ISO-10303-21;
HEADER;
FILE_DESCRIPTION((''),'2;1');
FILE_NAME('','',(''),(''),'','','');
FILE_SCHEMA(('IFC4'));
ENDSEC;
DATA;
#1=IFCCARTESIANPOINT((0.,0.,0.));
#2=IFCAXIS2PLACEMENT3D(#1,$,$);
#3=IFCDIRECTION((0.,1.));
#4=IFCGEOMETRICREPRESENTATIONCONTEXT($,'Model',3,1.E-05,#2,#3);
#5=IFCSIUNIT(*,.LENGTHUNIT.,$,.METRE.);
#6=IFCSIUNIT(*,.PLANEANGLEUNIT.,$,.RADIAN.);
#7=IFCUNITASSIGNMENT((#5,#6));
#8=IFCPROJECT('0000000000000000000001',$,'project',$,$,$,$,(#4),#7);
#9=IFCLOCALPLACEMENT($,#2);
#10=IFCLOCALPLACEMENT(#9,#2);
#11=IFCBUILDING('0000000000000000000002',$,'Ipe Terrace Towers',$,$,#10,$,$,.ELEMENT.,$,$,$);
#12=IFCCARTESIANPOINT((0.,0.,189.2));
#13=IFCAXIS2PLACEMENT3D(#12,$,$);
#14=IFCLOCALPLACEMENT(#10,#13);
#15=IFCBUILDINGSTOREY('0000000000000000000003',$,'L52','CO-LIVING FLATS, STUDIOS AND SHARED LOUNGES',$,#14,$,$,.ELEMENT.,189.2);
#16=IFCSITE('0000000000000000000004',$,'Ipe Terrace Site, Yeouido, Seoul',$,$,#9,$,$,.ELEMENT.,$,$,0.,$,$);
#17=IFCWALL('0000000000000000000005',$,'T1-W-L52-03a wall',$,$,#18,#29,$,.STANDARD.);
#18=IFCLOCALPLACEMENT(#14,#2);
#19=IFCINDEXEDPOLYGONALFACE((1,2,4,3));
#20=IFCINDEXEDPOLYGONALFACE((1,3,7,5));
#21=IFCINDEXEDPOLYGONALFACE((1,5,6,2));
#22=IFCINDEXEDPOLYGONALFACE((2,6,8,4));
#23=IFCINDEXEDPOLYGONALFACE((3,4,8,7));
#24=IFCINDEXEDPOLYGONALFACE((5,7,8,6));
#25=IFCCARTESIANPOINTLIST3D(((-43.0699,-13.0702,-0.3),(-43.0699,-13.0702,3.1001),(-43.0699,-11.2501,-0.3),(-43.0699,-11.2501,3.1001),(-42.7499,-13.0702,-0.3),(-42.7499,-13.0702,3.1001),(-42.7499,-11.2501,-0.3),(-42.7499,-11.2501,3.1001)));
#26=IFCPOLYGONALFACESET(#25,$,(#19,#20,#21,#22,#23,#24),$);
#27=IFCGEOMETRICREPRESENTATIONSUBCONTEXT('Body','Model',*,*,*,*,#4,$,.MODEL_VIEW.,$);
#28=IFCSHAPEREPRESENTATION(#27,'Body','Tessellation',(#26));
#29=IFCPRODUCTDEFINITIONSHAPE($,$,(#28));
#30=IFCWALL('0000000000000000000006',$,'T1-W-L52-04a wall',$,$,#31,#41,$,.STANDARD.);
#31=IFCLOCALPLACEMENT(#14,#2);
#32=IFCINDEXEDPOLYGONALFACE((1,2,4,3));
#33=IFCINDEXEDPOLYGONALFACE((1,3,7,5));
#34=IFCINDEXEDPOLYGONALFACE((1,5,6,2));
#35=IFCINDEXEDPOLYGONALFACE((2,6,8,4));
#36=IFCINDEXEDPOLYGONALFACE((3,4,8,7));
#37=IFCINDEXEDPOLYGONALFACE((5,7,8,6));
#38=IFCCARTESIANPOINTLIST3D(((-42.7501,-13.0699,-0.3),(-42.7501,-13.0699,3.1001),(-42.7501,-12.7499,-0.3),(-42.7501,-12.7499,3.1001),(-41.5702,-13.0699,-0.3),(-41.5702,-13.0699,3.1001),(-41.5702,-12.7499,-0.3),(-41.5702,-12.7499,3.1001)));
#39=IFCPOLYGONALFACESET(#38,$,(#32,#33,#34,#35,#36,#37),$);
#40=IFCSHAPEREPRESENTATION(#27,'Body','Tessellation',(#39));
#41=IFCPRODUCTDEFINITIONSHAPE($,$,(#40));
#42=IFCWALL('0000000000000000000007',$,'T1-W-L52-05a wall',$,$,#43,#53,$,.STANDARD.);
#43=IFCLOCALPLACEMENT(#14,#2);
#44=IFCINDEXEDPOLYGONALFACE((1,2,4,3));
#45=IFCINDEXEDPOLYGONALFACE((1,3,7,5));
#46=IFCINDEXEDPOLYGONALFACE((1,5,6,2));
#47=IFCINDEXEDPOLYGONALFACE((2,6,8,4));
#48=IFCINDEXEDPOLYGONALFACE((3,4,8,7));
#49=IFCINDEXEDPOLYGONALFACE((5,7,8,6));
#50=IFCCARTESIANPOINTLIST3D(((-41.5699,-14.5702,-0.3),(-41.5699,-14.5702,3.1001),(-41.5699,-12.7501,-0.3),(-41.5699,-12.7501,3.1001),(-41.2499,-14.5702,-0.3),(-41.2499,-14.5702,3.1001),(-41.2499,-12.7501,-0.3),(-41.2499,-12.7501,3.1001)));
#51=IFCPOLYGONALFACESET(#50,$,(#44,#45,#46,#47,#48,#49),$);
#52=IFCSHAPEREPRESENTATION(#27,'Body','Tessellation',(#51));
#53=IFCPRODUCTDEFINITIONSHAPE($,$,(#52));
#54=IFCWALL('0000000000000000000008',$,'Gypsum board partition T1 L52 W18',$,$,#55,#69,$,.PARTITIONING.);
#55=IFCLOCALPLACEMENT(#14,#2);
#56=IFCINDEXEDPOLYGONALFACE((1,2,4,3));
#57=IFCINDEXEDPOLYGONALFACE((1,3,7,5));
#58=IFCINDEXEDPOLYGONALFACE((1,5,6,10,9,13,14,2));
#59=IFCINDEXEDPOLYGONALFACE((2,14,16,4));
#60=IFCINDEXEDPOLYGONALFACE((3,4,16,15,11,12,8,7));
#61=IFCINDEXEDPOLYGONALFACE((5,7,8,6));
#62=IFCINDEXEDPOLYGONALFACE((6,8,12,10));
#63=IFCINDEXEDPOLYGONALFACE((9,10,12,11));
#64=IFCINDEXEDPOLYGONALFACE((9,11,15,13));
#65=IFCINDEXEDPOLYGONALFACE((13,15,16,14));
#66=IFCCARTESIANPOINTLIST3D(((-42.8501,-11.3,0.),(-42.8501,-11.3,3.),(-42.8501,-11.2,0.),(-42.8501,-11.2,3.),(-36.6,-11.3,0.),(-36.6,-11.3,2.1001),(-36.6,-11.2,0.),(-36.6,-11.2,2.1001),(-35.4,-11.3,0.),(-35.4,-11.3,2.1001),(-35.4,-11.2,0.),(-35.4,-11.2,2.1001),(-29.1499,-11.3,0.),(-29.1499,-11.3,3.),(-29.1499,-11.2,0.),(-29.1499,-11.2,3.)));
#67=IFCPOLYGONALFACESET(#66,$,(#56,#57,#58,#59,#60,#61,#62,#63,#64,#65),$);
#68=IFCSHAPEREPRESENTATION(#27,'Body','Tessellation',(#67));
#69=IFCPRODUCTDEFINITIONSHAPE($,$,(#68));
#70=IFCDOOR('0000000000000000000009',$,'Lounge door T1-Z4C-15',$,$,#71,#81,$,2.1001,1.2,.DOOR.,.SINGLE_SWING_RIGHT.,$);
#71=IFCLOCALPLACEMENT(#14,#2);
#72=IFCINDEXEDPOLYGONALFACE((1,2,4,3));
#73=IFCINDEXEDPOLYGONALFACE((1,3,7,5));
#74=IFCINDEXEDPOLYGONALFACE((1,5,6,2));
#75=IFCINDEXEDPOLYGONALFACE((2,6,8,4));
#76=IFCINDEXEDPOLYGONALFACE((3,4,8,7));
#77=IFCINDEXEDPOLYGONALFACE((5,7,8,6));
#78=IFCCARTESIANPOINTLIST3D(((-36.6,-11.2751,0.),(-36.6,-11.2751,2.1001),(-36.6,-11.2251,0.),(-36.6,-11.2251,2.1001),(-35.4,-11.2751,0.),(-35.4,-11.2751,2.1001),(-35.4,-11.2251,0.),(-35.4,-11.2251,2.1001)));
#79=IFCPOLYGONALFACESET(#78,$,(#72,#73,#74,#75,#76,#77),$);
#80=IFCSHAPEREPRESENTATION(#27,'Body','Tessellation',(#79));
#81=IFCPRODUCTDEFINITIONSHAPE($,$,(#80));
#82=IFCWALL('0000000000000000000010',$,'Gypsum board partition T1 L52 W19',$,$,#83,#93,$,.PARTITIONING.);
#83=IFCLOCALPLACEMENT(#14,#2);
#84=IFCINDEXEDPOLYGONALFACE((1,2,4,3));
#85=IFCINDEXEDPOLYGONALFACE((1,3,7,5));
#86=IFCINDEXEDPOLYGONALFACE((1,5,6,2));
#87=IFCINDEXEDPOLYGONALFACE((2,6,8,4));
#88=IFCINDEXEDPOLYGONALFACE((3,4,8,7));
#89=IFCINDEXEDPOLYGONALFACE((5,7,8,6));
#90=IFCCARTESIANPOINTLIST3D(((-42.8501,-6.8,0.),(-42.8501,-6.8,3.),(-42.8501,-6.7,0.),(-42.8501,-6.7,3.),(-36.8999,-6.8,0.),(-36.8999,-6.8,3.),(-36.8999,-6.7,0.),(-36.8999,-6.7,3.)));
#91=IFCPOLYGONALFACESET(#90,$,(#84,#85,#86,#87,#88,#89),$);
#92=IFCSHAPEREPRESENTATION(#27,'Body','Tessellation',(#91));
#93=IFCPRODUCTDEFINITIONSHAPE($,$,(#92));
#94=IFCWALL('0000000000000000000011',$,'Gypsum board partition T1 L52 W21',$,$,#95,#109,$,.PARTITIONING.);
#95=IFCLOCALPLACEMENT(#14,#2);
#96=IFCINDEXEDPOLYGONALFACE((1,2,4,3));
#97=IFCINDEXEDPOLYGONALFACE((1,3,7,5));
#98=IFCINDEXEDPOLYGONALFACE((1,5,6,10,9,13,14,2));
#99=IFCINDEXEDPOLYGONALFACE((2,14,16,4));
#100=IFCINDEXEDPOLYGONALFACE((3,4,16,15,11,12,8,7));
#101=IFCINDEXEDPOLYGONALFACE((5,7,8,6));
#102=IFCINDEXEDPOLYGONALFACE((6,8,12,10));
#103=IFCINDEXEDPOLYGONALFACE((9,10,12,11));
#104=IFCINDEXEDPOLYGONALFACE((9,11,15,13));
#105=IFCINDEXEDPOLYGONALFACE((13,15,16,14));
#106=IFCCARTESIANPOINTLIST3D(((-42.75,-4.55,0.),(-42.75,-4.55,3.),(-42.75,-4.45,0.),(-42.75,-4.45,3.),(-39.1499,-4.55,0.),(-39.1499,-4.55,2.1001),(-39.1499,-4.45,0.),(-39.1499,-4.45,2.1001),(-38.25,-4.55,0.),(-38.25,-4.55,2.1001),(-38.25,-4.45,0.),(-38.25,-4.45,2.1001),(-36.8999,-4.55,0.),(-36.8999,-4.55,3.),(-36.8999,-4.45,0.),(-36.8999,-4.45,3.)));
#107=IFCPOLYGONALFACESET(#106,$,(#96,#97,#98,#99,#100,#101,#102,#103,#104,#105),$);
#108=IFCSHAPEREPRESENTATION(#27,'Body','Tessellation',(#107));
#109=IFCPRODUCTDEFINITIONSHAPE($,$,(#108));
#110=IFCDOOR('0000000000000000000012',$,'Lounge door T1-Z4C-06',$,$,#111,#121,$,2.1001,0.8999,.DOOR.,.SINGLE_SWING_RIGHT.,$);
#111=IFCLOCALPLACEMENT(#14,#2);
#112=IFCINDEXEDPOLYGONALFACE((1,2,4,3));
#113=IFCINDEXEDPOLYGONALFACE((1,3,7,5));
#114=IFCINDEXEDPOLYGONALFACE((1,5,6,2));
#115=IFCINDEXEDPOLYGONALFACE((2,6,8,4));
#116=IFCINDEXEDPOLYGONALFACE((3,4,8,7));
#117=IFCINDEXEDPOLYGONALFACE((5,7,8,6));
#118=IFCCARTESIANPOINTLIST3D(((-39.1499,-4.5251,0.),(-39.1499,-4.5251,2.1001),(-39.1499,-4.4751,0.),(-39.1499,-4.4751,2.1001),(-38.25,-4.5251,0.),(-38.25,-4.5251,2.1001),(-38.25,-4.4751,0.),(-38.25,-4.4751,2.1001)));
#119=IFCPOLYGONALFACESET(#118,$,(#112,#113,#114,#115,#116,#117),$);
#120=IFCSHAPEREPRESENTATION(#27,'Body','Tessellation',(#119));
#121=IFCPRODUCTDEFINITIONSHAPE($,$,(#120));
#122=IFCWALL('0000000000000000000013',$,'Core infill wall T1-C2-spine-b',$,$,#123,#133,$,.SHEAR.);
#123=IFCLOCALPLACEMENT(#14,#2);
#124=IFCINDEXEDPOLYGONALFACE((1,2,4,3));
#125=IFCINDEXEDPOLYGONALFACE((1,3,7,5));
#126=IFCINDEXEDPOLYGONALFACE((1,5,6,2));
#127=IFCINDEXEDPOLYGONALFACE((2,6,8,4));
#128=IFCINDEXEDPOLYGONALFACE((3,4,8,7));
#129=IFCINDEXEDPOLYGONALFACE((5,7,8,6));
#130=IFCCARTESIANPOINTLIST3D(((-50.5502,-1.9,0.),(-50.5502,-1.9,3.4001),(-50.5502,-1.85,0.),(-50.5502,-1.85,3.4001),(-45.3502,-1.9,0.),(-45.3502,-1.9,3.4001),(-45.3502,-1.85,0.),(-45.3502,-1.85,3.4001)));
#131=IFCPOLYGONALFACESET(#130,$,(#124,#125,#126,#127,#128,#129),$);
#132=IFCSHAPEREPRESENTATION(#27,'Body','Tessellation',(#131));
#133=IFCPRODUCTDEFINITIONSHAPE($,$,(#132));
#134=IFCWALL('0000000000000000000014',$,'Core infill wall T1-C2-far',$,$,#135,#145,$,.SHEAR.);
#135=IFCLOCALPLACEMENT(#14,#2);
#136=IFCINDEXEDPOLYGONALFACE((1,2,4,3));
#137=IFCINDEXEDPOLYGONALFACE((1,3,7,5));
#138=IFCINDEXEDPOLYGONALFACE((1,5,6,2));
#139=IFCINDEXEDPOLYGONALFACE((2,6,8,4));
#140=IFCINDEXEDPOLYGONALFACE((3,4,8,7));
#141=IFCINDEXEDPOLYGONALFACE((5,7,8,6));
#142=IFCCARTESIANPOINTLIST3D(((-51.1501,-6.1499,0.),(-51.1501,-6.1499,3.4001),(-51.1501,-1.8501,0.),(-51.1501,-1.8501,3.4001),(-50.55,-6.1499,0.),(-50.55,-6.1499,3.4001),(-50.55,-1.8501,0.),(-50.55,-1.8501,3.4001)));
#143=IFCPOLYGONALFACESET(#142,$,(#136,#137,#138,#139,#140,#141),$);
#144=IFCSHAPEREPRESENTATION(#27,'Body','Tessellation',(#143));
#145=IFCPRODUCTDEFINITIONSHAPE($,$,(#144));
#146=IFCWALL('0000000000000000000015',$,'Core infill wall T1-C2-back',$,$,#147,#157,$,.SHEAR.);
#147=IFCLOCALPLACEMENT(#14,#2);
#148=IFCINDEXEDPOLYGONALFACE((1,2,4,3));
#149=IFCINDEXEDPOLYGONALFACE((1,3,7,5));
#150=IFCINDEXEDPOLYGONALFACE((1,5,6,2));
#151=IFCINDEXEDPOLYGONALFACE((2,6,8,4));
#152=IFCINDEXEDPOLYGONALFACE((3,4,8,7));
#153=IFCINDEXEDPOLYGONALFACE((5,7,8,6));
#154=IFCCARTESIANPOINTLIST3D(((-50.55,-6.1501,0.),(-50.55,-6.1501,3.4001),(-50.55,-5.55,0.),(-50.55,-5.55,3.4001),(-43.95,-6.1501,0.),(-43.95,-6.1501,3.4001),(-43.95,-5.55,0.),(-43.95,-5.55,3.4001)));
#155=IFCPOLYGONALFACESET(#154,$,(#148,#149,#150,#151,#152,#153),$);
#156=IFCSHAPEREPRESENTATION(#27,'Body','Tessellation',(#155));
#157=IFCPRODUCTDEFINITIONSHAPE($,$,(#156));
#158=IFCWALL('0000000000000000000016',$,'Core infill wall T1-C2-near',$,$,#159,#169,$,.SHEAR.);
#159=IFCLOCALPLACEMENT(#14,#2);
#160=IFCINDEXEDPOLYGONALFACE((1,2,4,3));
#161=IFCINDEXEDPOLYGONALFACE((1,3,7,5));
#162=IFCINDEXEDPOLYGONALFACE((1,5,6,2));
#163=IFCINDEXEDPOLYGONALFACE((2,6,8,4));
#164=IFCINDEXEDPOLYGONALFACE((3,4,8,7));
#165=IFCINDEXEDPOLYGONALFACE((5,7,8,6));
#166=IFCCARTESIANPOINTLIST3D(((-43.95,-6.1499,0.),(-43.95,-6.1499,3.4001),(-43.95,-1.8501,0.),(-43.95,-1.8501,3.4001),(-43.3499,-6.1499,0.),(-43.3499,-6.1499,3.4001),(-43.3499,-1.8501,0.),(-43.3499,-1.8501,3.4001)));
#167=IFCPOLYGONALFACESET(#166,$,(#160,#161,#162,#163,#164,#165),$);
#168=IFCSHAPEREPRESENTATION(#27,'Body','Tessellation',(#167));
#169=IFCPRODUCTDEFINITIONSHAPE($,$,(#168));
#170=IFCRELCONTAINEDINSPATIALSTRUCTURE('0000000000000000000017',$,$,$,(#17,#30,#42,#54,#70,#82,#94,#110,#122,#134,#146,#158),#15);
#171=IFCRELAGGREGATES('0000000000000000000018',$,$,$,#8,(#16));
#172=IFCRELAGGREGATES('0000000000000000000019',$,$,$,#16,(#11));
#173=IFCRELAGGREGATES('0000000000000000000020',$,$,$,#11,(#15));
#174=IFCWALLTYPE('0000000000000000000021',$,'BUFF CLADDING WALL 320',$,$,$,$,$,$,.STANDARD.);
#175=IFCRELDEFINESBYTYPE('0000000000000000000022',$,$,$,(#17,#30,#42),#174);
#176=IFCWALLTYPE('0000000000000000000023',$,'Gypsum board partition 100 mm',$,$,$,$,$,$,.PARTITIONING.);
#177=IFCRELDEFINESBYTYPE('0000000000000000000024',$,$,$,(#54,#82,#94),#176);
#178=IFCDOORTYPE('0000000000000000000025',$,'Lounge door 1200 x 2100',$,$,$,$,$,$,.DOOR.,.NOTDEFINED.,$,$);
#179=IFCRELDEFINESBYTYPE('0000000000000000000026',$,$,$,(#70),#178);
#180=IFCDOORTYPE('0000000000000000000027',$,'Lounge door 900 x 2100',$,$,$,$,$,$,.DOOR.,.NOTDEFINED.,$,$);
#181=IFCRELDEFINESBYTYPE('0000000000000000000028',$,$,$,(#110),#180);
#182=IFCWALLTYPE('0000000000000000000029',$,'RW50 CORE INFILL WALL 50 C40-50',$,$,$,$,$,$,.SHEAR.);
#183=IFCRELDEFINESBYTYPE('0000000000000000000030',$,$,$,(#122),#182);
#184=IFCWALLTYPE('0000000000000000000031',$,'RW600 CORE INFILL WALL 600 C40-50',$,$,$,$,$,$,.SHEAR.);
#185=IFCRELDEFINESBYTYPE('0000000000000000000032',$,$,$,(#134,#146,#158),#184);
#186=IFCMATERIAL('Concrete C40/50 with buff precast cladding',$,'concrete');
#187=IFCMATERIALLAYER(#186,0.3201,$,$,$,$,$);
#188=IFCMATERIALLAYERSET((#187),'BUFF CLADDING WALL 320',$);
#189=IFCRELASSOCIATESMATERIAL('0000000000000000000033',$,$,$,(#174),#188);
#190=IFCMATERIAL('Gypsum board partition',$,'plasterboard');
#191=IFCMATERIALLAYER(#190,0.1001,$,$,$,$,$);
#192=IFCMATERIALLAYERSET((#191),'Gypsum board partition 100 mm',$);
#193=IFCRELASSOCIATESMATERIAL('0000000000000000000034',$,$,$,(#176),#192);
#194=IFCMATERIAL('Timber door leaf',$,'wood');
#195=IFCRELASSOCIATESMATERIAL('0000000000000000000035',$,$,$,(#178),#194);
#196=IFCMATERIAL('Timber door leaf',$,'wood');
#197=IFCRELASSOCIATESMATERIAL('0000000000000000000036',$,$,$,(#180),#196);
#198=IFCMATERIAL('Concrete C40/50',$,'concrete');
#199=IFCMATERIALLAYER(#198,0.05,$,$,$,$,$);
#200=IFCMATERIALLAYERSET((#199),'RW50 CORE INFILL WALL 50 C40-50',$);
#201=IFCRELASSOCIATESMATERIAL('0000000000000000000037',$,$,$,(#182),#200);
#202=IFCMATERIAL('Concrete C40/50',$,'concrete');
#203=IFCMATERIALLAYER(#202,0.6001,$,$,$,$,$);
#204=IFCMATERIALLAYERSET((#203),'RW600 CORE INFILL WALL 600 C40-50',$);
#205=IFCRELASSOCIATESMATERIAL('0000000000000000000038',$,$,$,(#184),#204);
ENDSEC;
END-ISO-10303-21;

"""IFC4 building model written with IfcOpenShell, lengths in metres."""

from ifc_helpers import new_model, si_unit, direction, frame, frame_2d, origin, place, context, subcontext, project, spatial, rectangle, extrude, material, layer, layer_set, type_object, element, fill, save


model = new_model("IFC4")

# Units and contexts
model_context = context("Model", 3, precision=1e-05, world=origin(), true_north=direction((0.0, 1.0)))
body_context = subcontext(model_context, "Body", "Model", "MODEL_VIEW")
ifc_project = project(units=[si_unit("LENGTHUNIT", "METRE"), si_unit("PLANEANGLEUNIT", "RADIAN")], contexts=[model_context])

# Site, building, storey
site_placement = place(None, origin())
site = spatial("IfcSite", under=ifc_project, at=site_placement, Name="Ipe Terrace Site, Yeouido, Seoul", CompositionType="ELEMENT", RefElevation=0.0)
building_placement = place(site_placement, origin())
building = spatial("IfcBuilding", under=site, at=building_placement, Name="Ipe Terrace Towers", CompositionType="ELEMENT")
storey_placement = place(building_placement, frame((0.0, 0.0, 189.2)))
storey = spatial("IfcBuildingStorey", under=building, at=storey_placement, Name="L52", Description="CO-LIVING FLATS, STUDIOS AND SHARED LOUNGES", CompositionType="ELEMENT", Elevation=189.2)

# Walls
ifc_material_1 = material(Name="Concrete C40/50 with buff precast cladding", Category="concrete")
ifc_layer_1 = layer(ifc_material_1, 0.3201)
ifc_layer_set_1 = layer_set([ifc_layer_1], Name="BUFF CLADDING WALL 320")
wall_type_1 = type_object("IfcWallType", Name="BUFF CLADDING WALL 320", PredefinedType="STANDARD", material=ifc_layer_set_1)
wall_1_placement = place(storey_placement, frame((-42.9099, -11.25, -0.3), z_axis=(0.0, 0.0, 1.0), x_axis=(0.0, -1.0, 0.0)))
element("IfcWall", 1, at=wall_1_placement, inside=storey, type_object=wall_type_1, Name="T1-W-L52-03a wall", PredefinedType="STANDARD", context=body_context, shape_type="SweptSolid", body=[
    extrude(rectangle(XDim=1.8201, YDim=0.3201, at=frame_2d((0.9102, 0.0))), origin(), (0.0, 0.0, 1.0), 3.4001),
])
wall_2_placement = place(storey_placement, frame((-42.75, -12.9099, -0.3), z_axis=(0.0, 0.0, 1.0), x_axis=(1.0, 0.0, 0.0)))
element("IfcWall", 2, at=wall_2_placement, inside=storey, type_object=wall_type_1, Name="T1-W-L52-04a wall", PredefinedType="STANDARD", context=body_context, shape_type="SweptSolid", body=[
    extrude(rectangle(XDim=1.1799, YDim=0.3201, at=frame_2d((0.5898, 0.0))), origin(), (0.0, 0.0, 1.0), 3.4001),
])
wall_3_placement = place(storey_placement, frame((-41.4099, -12.75, -0.3), z_axis=(0.0, 0.0, 1.0), x_axis=(0.0, -1.0, 0.0)))
element("IfcWall", 3, at=wall_3_placement, inside=storey, type_object=wall_type_1, Name="T1-W-L52-05a wall", PredefinedType="STANDARD", context=body_context, shape_type="SweptSolid", body=[
    extrude(rectangle(XDim=1.8201, YDim=0.3201, at=frame_2d((0.9102, 0.0))), origin(), (0.0, 0.0, 1.0), 3.4001),
])

# Wall, opening, door
ifc_material_2 = material(Name="Gypsum board partition", Category="plasterboard")
ifc_layer_2 = layer(ifc_material_2, 0.1001)
ifc_layer_set_2 = layer_set([ifc_layer_2], Name="Gypsum board partition 100 mm")
wall_type_2 = type_object("IfcWallType", Name="Gypsum board partition 100 mm", PredefinedType="PARTITIONING", material=ifc_layer_set_2)
wall_4_placement = place(storey_placement, frame((-42.8501, -11.25, 0.0), z_axis=(0.0, 0.0, 1.0), x_axis=(1.0, 0.0, 0.0)))
wall_4 = element("IfcWall", 4, at=wall_4_placement, inside=storey, type_object=wall_type_2, Name="Gypsum board partition T1 L52 W18", PredefinedType="PARTITIONING", context=body_context, shape_type="SweptSolid", body=[
    extrude(rectangle(XDim=13.7002, YDim=0.1001, at=frame_2d((6.8501, 0.0))), origin(), (0.0, 0.0, 1.0), 3.0),
])
opening_1_placement = place(wall_4_placement, frame((6.25, 0.0, 0.0)))
opening_1 = element("IfcOpeningElement", 5, at=opening_1_placement, cuts=wall_4, PredefinedType="OPENING", context=body_context, shape_type="SweptSolid", body=[
    extrude(rectangle(XDim=1.2, YDim=2.1001, at=frame_2d((0.6001, 1.05))), frame((0.0, 0.0601, 0.0), z_axis=(0.0, -1.0, 0.0), x_axis=(1.0, 0.0, 0.0)), (0.0, 0.0, 1.0), 0.1201),
])
ifc_material_3 = material(Name="Timber door leaf", Category="wood")
door_type_1 = type_object("IfcDoorType", Name="Lounge door 1200 x 2100", OperationType="NOTDEFINED", PredefinedType="DOOR", material=ifc_material_3)
door_1_placement = place(opening_1_placement, origin())
door_1 = element("IfcDoor", 6, at=door_1_placement, inside=storey, type_object=door_type_1, Name="Lounge door T1-Z4C-15", OperationType="SINGLE_SWING_RIGHT", OverallHeight=2.1001, OverallWidth=1.2, PredefinedType="DOOR", context=body_context, shape_type="SweptSolid", body=[
    extrude(rectangle(XDim=1.2, YDim=2.1001, at=frame_2d((0.6001, 1.05))), frame((0.0, 0.0249, 0.0), z_axis=(0.0, -1.0, 0.0), x_axis=(1.0, 0.0, 0.0)), (0.0, 0.0, 1.0), 0.05),
])
fill(opening_1, door_1)

# Wall
wall_5_placement = place(storey_placement, frame((-42.8501, -6.75, 0.0), z_axis=(0.0, 0.0, 1.0), x_axis=(1.0, 0.0, 0.0)))
element("IfcWall", 7, at=wall_5_placement, inside=storey, type_object=wall_type_2, Name="Gypsum board partition T1 L52 W19", PredefinedType="PARTITIONING", context=body_context, shape_type="SweptSolid", body=[
    extrude(rectangle(XDim=5.9502, YDim=0.1001, at=frame_2d((2.9751, 0.0))), origin(), (0.0, 0.0, 1.0), 3.0),
])

# Wall, opening, door
wall_6_placement = place(storey_placement, frame((-42.75, -4.5, 0.0), z_axis=(0.0, 0.0, 1.0), x_axis=(1.0, 0.0, 0.0)))
wall_6 = element("IfcWall", 8, at=wall_6_placement, inside=storey, type_object=wall_type_2, Name="Gypsum board partition T1 L52 W21", PredefinedType="PARTITIONING", context=body_context, shape_type="SweptSolid", body=[
    extrude(rectangle(XDim=5.8501, YDim=0.1001, at=frame_2d((2.925, 0.0))), origin(), (0.0, 0.0, 1.0), 3.0),
])
opening_2_placement = place(wall_6_placement, frame((3.6001, 0.0, 0.0)))
opening_2 = element("IfcOpeningElement", 9, at=opening_2_placement, cuts=wall_6, PredefinedType="OPENING", context=body_context, shape_type="SweptSolid", body=[
    extrude(rectangle(XDim=0.8999, YDim=2.1001, at=frame_2d((0.45, 1.05))), frame((0.0, 0.0601, 0.0), z_axis=(0.0, -1.0, 0.0), x_axis=(1.0, 0.0, 0.0)), (0.0, 0.0, 1.0), 0.1201),
])
ifc_material_4 = material(Name="Timber door leaf", Category="wood")
door_type_2 = type_object("IfcDoorType", Name="Lounge door 900 x 2100", OperationType="NOTDEFINED", PredefinedType="DOOR", material=ifc_material_4)
door_2_placement = place(opening_2_placement, origin())
door_2 = element("IfcDoor", 10, at=door_2_placement, inside=storey, type_object=door_type_2, Name="Lounge door T1-Z4C-06", OperationType="SINGLE_SWING_RIGHT", OverallHeight=2.1001, OverallWidth=0.8999, PredefinedType="DOOR", context=body_context, shape_type="SweptSolid", body=[
    extrude(rectangle(XDim=0.8999, YDim=2.1001, at=frame_2d((0.45, 1.05))), frame((0.0, 0.0249, 0.0), z_axis=(0.0, -1.0, 0.0), x_axis=(1.0, 0.0, 0.0)), (0.0, 0.0, 1.0), 0.05),
])
fill(opening_2, door_2)

# Walls
ifc_material_5 = material(Name="Concrete C40/50", Category="concrete")
ifc_layer_3 = layer(ifc_material_5, 0.05)
ifc_layer_set_3 = layer_set([ifc_layer_3], Name="RW50 CORE INFILL WALL 50 C40-50")
wall_type_3 = type_object("IfcWallType", Name="RW50 CORE INFILL WALL 50 C40-50", PredefinedType="SHEAR", material=ifc_layer_set_3)
wall_7_placement = place(storey_placement, frame((-45.3501, -1.875, 0.0), z_axis=(0.0, 0.0, 1.0), x_axis=(-1.0, 0.0, 0.0)))
element("IfcWall", 11, at=wall_7_placement, inside=storey, type_object=wall_type_3, Name="Core infill wall T1-C2-spine-b", PredefinedType="SHEAR", context=body_context, shape_type="SweptSolid", body=[
    extrude(rectangle(XDim=5.2, YDim=0.05, at=frame_2d((2.6001, 0.0))), origin(), (0.0, 0.0, 1.0), 3.4001),
])
ifc_material_6 = material(Name="Concrete C40/50", Category="concrete")
ifc_layer_4 = layer(ifc_material_6, 0.6001)
ifc_layer_set_4 = layer_set([ifc_layer_4], Name="RW600 CORE INFILL WALL 600 C40-50")
wall_type_4 = type_object("IfcWallType", Name="RW600 CORE INFILL WALL 600 C40-50", PredefinedType="SHEAR", material=ifc_layer_set_4)
wall_8_placement = place(storey_placement, frame((-50.8501, -1.8501, 0.0), z_axis=(0.0, 0.0, 1.0), x_axis=(0.0, -1.0, 0.0)))
element("IfcWall", 12, at=wall_8_placement, inside=storey, type_object=wall_type_4, Name="Core infill wall T1-C2-far", PredefinedType="SHEAR", context=body_context, shape_type="SweptSolid", body=[
    extrude(rectangle(XDim=4.2998, YDim=0.6001, at=frame_2d((2.1499, 0.0))), origin(), (0.0, 0.0, 1.0), 3.4001),
])
wall_9_placement = place(storey_placement, frame((-43.95, -5.8501, 0.0), z_axis=(0.0, 0.0, 1.0), x_axis=(-1.0, 0.0, 0.0)))
element("IfcWall", 13, at=wall_9_placement, inside=storey, type_object=wall_type_4, Name="Core infill wall T1-C2-back", PredefinedType="SHEAR", context=body_context, shape_type="SweptSolid", body=[
    extrude(rectangle(XDim=6.6001, YDim=0.6001, at=frame_2d((3.3, 0.0))), origin(), (0.0, 0.0, 1.0), 3.4001),
])
wall_10_placement = place(storey_placement, frame((-43.6499, -1.8501, 0.0), z_axis=(0.0, 0.0, 1.0), x_axis=(0.0, -1.0, 0.0)))
element("IfcWall", 14, at=wall_10_placement, inside=storey, type_object=wall_type_4, Name="Core infill wall T1-C2-near", PredefinedType="SHEAR", context=body_context, shape_type="SweptSolid", body=[
    extrude(rectangle(XDim=4.2998, YDim=0.6001, at=frame_2d((2.1499, 0.0))), origin(), (0.0, 0.0, 1.0), 3.4001),
])

save(model, "model.ifc")
